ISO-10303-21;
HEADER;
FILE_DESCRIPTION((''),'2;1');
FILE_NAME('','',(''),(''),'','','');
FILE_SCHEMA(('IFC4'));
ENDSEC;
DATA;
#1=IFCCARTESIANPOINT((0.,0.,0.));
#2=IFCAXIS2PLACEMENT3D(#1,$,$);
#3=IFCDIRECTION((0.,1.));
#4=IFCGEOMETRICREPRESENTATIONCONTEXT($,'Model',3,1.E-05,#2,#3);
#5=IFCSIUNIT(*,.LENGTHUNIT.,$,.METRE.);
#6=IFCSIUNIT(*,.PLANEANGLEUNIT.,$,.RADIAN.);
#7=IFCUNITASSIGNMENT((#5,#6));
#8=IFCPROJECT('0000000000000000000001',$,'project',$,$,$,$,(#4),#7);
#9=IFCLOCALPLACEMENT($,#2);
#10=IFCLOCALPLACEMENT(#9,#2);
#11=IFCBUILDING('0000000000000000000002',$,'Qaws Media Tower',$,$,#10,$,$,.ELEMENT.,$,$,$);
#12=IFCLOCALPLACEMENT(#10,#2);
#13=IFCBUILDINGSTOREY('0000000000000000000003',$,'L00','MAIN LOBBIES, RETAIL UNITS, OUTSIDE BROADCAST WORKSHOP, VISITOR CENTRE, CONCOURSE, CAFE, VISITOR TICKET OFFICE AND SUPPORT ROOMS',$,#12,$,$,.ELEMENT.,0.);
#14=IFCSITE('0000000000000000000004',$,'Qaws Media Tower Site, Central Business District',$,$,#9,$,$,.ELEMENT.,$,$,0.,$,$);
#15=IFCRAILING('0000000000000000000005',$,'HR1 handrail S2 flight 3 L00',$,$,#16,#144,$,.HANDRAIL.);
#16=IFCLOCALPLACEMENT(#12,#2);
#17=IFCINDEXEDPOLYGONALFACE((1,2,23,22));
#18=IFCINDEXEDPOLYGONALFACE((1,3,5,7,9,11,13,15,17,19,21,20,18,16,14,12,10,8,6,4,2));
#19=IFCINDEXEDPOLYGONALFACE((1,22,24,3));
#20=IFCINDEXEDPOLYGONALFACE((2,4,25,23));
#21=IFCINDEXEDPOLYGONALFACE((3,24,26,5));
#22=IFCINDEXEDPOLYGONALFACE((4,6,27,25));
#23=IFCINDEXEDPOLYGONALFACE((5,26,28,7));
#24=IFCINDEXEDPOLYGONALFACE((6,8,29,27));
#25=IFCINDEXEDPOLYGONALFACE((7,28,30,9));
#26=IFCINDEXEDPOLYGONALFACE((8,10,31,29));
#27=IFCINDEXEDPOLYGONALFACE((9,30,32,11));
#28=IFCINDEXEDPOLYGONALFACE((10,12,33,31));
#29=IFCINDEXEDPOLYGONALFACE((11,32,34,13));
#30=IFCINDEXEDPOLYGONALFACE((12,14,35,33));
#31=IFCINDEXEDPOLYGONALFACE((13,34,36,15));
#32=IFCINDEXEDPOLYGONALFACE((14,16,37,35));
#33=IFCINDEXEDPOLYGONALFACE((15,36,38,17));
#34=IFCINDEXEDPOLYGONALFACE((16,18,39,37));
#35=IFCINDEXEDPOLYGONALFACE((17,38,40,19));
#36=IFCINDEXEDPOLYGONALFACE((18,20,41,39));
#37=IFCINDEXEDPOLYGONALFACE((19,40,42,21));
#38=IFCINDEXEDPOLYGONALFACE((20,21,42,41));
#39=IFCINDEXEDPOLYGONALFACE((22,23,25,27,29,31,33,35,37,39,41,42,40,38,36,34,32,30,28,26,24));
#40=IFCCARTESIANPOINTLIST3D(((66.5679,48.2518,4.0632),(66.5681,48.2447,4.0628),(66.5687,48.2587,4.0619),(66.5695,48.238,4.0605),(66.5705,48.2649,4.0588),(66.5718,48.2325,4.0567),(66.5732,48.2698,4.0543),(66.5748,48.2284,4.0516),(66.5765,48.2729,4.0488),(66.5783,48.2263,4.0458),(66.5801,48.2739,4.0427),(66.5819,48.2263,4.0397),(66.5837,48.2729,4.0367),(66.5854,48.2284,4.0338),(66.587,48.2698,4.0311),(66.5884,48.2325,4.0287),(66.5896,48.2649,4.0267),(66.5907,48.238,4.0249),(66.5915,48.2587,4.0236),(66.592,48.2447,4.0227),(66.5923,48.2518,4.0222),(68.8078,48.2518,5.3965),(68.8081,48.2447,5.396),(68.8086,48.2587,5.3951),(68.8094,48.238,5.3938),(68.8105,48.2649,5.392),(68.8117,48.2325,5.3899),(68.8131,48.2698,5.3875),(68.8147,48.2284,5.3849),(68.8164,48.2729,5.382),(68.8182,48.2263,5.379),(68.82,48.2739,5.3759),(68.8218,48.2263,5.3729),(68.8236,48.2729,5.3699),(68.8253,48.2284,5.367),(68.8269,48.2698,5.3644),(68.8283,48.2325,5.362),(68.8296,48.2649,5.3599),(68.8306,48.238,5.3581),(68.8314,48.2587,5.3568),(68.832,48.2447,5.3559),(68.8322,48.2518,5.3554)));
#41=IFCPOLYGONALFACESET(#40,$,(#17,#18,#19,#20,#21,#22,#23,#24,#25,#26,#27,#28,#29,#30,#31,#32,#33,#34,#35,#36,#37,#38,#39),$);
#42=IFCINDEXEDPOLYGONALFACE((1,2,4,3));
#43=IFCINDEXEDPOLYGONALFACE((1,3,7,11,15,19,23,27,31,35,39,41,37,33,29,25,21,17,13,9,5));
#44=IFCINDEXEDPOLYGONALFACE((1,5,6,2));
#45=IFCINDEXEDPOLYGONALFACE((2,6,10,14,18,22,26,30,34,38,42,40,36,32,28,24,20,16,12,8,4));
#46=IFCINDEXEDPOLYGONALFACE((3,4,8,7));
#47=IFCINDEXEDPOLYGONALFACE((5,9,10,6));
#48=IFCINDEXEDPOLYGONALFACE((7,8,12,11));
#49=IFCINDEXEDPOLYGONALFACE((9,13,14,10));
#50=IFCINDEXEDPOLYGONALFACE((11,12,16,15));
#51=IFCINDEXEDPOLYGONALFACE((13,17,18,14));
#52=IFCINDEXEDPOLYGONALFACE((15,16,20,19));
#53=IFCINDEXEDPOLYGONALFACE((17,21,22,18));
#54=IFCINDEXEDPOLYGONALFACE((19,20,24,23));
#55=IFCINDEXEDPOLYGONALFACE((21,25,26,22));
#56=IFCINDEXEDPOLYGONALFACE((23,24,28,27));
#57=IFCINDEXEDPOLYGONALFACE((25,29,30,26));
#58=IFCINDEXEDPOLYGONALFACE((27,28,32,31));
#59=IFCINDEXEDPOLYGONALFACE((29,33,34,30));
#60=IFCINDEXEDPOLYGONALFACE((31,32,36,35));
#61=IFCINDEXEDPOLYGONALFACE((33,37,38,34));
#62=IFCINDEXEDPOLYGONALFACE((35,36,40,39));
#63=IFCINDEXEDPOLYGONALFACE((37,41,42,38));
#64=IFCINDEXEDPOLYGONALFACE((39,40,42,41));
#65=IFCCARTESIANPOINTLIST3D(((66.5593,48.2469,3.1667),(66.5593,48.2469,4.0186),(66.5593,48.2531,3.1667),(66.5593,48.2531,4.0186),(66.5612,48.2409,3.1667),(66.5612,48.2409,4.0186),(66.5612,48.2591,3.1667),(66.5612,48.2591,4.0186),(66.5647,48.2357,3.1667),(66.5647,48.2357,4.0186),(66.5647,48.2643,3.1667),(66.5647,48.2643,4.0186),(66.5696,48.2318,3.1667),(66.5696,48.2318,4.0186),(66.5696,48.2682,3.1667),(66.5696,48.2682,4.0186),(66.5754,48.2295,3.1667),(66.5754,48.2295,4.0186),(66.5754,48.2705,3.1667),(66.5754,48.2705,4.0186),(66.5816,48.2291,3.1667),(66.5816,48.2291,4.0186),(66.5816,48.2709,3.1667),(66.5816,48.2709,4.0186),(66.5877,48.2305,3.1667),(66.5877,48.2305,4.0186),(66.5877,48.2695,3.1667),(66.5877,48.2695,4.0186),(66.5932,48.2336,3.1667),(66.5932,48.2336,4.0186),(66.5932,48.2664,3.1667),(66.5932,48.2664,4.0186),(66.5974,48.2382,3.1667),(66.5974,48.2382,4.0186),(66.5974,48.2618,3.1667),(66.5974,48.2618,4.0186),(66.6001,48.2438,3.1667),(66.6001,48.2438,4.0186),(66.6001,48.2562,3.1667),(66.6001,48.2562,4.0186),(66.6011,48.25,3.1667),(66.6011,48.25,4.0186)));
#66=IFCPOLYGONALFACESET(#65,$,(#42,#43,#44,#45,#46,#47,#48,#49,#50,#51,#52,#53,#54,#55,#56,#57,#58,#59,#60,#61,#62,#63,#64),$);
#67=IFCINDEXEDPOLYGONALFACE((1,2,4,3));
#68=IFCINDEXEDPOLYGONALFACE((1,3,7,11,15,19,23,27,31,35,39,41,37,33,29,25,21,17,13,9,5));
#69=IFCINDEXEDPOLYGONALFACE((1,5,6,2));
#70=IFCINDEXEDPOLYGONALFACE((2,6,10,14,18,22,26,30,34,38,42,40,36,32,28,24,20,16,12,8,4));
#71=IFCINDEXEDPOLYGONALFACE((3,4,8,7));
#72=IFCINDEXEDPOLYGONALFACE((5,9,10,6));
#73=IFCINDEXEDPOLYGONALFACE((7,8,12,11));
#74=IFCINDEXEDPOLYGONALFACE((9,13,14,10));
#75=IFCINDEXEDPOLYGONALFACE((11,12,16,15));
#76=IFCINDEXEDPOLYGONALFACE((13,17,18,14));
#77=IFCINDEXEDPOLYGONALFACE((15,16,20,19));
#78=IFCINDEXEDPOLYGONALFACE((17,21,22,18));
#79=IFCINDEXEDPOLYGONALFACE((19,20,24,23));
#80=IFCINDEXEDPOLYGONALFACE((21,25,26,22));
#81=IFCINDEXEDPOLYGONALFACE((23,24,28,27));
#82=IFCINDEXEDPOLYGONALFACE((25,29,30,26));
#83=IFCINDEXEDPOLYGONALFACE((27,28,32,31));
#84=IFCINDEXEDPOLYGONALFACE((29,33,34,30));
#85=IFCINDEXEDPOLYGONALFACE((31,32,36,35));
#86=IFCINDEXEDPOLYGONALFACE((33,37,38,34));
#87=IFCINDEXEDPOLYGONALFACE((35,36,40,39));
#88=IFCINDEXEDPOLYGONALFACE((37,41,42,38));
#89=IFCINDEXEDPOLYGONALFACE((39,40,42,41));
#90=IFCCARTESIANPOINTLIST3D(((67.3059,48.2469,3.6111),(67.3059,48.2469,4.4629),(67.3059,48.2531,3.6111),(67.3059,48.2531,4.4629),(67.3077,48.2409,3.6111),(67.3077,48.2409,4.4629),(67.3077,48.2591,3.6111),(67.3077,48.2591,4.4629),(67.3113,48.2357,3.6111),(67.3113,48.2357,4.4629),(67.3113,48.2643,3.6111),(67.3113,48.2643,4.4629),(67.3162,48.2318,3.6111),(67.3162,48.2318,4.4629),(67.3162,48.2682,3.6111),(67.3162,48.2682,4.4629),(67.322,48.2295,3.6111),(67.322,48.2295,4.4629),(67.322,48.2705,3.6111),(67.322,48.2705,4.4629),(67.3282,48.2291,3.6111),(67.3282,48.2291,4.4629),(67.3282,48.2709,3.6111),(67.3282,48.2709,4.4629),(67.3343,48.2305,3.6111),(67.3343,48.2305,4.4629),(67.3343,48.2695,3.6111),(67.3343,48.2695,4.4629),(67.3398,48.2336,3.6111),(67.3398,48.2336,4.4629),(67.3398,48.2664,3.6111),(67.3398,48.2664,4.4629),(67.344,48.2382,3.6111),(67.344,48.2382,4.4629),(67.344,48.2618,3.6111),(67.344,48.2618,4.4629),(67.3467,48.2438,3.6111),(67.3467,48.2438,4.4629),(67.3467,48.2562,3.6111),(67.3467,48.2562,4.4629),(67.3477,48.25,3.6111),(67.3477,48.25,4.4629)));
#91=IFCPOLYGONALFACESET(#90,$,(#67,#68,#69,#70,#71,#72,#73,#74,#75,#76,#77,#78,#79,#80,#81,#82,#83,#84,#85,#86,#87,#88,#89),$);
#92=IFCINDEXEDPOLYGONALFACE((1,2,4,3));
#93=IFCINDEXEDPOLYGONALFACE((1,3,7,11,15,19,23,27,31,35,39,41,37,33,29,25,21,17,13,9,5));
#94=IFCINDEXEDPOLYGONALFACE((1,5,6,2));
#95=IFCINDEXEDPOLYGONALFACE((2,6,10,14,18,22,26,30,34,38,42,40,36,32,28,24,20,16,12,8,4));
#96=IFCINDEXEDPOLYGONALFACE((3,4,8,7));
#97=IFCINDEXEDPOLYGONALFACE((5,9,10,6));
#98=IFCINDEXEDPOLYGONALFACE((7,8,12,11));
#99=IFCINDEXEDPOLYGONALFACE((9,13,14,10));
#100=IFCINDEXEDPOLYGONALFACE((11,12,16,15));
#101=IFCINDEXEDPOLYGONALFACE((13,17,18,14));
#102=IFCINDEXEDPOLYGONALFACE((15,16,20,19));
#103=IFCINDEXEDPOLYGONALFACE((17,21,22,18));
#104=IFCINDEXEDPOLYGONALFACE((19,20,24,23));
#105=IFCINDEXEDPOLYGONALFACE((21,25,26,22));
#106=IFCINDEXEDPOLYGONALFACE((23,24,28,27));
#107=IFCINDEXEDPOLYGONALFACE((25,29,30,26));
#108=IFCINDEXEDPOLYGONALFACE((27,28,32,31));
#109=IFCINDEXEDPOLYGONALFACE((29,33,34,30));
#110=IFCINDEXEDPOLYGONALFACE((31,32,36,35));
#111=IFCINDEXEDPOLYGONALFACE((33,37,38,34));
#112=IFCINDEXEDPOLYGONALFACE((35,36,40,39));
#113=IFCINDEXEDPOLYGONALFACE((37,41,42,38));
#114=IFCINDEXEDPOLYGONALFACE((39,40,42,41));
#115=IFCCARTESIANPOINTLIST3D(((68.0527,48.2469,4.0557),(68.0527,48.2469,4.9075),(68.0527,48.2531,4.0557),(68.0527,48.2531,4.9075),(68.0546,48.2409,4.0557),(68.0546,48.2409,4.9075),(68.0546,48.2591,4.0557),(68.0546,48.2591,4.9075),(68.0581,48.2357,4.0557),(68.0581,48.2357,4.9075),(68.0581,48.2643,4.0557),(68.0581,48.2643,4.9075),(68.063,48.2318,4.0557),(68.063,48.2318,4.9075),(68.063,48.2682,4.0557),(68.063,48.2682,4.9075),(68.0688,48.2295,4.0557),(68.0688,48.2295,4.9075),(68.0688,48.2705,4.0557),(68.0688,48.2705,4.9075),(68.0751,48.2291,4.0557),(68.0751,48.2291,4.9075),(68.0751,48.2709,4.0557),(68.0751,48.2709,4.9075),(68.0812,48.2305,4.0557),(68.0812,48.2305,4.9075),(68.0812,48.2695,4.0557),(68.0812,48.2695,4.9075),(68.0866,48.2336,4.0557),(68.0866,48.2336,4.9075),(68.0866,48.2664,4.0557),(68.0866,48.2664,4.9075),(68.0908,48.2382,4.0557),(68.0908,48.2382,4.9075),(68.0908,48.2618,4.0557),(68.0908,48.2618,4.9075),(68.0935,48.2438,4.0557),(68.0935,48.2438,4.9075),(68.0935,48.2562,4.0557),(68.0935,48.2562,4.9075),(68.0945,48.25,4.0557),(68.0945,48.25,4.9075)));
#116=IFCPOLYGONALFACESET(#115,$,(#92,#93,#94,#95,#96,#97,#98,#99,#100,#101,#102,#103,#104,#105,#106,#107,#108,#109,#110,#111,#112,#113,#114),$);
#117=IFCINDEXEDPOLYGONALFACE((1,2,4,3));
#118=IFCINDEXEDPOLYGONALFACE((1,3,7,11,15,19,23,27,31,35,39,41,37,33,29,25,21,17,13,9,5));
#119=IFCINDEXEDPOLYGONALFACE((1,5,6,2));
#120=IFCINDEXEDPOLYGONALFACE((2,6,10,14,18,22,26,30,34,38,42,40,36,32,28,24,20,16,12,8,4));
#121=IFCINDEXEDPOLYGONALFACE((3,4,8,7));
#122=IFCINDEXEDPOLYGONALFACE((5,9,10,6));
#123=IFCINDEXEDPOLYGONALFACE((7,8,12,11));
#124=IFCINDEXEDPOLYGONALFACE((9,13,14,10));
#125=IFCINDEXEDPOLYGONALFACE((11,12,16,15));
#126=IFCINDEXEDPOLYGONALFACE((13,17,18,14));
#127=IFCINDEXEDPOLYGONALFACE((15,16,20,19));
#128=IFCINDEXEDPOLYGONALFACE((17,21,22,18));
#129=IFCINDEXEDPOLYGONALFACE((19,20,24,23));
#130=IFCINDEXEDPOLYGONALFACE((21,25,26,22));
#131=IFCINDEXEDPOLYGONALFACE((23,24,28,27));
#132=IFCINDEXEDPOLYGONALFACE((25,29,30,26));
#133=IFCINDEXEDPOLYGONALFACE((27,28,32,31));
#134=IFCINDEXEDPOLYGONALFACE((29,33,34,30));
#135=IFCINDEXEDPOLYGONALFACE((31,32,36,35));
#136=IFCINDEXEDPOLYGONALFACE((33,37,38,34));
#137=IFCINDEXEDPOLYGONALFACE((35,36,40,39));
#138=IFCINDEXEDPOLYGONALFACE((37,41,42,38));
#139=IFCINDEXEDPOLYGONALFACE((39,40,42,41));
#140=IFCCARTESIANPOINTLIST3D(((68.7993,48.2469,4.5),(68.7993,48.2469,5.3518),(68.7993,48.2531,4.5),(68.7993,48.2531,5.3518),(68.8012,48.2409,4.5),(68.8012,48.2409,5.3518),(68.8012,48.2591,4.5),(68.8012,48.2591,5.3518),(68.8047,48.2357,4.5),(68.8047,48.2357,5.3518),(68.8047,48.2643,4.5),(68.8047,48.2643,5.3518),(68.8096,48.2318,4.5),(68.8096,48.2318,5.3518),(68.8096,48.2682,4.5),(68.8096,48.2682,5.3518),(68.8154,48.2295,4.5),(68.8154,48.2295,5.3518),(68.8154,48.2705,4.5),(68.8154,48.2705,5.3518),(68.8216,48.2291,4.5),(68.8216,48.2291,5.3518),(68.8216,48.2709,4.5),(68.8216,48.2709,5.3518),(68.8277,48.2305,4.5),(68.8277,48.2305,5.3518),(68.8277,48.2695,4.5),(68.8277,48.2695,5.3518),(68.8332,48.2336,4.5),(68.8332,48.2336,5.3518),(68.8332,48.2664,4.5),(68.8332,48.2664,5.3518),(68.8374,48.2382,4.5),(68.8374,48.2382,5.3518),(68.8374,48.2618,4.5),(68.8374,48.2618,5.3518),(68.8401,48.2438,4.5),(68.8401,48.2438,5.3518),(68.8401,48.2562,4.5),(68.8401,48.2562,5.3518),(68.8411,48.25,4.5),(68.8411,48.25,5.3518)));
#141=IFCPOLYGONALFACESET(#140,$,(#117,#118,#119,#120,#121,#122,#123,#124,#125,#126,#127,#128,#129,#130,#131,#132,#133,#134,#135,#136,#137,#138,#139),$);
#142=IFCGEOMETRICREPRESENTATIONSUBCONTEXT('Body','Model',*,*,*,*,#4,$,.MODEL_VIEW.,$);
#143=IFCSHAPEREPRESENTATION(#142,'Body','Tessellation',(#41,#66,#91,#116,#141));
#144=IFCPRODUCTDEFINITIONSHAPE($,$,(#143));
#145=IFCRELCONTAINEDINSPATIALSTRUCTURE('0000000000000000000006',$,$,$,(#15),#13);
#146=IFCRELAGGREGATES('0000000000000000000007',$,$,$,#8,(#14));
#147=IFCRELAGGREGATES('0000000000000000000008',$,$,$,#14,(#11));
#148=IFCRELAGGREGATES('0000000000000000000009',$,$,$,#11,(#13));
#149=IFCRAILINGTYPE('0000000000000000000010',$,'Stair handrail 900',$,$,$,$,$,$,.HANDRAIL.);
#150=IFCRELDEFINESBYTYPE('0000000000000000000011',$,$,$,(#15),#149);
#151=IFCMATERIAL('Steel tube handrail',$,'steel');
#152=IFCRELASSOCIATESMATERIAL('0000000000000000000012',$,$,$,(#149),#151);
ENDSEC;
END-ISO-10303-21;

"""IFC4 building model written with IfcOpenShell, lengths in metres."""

from ifc_helpers import new_model, si_unit, direction, frame, origin, origin_2d, place, context, subcontext, project, spatial, circle, extrude, material, type_object, element, save


model = new_model("IFC4")

# Units and contexts
model_context = context("Model", 3, precision=1e-05, world=origin(), true_north=direction((0.0, 1.0)))
body_context = subcontext(model_context, "Body", "Model", "MODEL_VIEW")
ifc_project = project(units=[si_unit("LENGTHUNIT", "METRE"), si_unit("PLANEANGLEUNIT", "RADIAN")], contexts=[model_context])

# Site, building, storey
site_placement = place(None, origin())
site = spatial("IfcSite", under=ifc_project, at=site_placement, Name="Qaws Media Tower Site, Central Business District", CompositionType="ELEMENT", RefElevation=0.0)
building_placement = place(site_placement, origin())
building = spatial("IfcBuilding", under=site, at=building_placement, Name="Qaws Media Tower", CompositionType="ELEMENT")
storey_placement = place(building_placement, origin())
storey = spatial("IfcBuildingStorey", under=building, at=storey_placement, Name="L00", Description="MAIN LOBBIES, RETAIL UNITS, OUTSIDE BROADCAST WORKSHOP, VISITOR CENTRE, CONCOURSE, CAFE, VISITOR TICKET OFFICE AND SUPPORT ROOMS", CompositionType="ELEMENT", Elevation=0.0)

# Railing
ifc_material_1 = material(Name="Steel tube handrail", Category="steel")
railing_type = type_object("IfcRailingType", Name="Stair handrail 900", PredefinedType="HANDRAIL", material=ifc_material_1)
for number, where, name in (
    (1, (66.5801, 48.25, 3.1667), "HR1 handrail S2 flight 3 L00"),
):
    element("IfcRailing", number, at=place(storey_placement, frame(where)), inside=storey, type_object=railing_type, Name=name, PredefinedType="HANDRAIL", context=body_context, shape_type="SweptSolid", body=[
        extrude(circle(Radius=0.0239, at=origin_2d()), frame((0.0, 0.0, 0.876), z_axis=(0.859306, 0.0, 0.511462), x_axis=(0.0, 1.0, 0.0)), (0.0, 0.0, 1.0), 2.6067),
        extrude(circle(Radius=0.021, at=origin_2d()), origin(), (0.0, 0.0, 1.0), 0.8518),
        extrude(circle(Radius=0.021, at=origin_2d()), frame((0.7466, 0.0, 0.4443)), (0.0, 0.0, 1.0), 0.8518),
        extrude(circle(Radius=0.021, at=origin_2d()), frame((1.4934, 0.0, 0.8889)), (0.0, 0.0, 1.0), 0.8518),
        extrude(circle(Radius=0.021, at=origin_2d()), frame((2.24, 0.0, 1.3333)), (0.0, 0.0, 1.0), 0.8518),
    ])

save(model, "model.ifc")
